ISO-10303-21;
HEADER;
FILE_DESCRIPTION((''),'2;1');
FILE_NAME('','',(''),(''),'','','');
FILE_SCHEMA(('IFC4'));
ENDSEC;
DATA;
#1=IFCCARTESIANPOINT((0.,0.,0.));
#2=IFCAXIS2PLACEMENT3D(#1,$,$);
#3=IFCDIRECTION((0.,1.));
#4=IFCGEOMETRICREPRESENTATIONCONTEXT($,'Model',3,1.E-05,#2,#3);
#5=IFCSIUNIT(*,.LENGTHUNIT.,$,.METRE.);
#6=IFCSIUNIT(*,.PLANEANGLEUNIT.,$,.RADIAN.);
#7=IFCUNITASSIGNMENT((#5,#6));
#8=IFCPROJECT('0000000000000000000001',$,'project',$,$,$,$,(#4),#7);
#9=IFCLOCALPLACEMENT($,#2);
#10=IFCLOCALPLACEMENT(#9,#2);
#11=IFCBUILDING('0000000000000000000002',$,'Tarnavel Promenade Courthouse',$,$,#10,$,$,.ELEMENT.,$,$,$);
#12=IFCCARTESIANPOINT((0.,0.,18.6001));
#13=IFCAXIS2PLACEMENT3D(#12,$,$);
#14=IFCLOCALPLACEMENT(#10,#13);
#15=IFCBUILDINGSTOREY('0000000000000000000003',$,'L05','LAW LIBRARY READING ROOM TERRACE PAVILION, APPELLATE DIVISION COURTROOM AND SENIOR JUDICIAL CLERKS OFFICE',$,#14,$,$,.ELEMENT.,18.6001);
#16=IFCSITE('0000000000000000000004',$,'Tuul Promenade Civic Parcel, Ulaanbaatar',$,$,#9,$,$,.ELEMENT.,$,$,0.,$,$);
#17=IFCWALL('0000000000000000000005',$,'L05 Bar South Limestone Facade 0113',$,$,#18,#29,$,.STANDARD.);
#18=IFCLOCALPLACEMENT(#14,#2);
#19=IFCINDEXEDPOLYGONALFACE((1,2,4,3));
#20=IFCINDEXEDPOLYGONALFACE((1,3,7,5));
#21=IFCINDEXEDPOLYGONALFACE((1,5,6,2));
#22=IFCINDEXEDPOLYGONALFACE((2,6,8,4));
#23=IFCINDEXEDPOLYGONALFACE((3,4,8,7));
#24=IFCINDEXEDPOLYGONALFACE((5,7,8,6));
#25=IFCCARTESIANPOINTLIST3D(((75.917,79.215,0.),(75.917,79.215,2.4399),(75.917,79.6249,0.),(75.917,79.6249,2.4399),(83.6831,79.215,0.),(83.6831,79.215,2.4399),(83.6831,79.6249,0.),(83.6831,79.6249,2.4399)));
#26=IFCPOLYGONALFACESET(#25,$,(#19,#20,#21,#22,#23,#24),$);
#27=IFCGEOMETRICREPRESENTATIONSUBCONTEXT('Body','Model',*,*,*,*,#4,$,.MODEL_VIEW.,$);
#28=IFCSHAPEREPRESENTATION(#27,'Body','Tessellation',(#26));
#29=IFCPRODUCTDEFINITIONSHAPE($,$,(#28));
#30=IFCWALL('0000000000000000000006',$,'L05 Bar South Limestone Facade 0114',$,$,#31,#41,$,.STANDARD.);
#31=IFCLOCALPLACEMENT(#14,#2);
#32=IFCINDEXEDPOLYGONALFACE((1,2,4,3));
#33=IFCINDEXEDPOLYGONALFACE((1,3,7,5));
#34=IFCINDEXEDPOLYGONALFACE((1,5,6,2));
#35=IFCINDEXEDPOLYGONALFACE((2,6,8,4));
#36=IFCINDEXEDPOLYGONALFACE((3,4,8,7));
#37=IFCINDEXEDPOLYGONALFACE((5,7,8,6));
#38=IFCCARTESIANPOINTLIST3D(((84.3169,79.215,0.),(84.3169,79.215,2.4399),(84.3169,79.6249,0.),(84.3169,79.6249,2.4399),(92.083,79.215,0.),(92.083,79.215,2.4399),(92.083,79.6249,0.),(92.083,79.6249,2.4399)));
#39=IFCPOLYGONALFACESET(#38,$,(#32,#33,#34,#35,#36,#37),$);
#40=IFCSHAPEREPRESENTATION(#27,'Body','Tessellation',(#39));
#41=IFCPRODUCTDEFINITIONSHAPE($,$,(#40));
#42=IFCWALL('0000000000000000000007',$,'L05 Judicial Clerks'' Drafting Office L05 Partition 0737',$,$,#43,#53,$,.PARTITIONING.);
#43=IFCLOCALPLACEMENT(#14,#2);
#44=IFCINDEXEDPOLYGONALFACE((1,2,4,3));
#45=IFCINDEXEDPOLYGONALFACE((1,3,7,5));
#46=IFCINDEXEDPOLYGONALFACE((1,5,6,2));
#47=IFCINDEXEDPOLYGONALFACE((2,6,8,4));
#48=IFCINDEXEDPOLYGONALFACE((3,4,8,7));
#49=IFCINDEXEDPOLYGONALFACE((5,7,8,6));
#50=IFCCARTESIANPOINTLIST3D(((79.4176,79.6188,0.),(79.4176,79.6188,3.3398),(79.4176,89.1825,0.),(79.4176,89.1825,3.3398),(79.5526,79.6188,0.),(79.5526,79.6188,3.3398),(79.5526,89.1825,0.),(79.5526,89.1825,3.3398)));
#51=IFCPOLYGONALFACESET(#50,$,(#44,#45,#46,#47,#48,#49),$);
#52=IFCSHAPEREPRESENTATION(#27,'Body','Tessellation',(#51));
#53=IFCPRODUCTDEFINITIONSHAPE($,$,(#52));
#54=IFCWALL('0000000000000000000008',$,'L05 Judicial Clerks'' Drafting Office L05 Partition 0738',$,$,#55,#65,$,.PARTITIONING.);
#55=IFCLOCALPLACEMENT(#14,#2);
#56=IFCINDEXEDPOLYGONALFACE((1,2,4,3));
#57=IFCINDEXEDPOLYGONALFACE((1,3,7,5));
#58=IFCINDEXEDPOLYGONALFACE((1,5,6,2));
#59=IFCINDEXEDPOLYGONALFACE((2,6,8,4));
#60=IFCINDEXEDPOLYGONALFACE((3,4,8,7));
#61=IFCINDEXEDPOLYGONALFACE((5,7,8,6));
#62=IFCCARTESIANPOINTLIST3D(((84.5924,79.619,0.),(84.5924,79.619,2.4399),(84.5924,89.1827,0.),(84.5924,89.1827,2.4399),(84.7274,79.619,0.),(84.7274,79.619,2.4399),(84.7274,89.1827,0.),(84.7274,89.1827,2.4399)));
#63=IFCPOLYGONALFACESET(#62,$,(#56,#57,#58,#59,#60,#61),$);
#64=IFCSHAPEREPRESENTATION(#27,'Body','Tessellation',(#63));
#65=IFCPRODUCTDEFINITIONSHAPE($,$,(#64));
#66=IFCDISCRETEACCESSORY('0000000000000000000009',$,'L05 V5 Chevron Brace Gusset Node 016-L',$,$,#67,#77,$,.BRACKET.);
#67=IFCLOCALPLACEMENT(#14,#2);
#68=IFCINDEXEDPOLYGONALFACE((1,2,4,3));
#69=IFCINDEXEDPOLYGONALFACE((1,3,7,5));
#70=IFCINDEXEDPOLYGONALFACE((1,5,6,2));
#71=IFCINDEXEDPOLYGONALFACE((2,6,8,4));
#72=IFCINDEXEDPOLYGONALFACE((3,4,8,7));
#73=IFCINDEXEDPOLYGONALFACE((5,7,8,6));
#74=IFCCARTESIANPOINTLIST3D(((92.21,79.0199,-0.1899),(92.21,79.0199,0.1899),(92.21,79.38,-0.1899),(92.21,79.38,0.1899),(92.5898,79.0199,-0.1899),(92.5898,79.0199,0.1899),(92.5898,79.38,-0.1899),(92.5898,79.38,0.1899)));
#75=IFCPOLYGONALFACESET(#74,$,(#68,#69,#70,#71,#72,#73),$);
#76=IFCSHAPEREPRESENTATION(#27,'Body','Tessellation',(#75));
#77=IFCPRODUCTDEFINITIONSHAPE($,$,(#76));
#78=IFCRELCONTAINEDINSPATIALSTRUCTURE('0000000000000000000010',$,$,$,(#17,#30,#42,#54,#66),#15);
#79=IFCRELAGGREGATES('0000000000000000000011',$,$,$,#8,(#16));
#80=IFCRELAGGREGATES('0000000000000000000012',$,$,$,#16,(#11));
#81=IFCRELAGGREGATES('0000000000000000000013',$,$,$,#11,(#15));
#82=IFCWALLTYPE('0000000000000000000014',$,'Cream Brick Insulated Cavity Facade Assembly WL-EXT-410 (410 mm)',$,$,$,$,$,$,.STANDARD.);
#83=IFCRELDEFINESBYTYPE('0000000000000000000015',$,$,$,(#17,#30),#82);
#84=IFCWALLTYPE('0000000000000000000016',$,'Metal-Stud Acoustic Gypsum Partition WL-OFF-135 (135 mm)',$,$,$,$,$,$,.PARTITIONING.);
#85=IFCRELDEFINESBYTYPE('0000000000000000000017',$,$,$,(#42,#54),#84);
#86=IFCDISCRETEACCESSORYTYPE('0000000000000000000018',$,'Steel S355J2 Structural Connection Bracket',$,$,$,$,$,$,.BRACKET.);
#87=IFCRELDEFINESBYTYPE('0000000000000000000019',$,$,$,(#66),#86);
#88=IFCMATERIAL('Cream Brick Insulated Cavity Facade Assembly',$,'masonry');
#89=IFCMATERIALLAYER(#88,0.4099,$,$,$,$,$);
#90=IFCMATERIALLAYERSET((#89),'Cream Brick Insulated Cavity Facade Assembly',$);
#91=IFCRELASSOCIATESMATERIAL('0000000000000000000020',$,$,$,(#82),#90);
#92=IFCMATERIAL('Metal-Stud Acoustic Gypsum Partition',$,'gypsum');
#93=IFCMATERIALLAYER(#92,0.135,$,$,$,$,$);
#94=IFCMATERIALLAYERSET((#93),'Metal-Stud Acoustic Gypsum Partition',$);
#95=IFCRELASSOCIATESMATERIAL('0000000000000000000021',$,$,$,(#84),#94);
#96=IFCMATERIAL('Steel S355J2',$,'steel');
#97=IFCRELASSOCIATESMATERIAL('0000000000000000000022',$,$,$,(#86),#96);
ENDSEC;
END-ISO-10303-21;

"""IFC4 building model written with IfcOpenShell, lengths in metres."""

from ifc_helpers import new_model, si_unit, direction, frame, frame_2d, origin, origin_2d, place, context, subcontext, project, spatial, rectangle, extrude, material, layer, layer_set, type_object, element, save


model = new_model("IFC4")

# Units and contexts
model_context = context("Model", 3, precision=1e-05, world=origin(), true_north=direction((0.0, 1.0)))
body_context = subcontext(model_context, "Body", "Model", "MODEL_VIEW")
ifc_project = project(units=[si_unit("LENGTHUNIT", "METRE"), si_unit("PLANEANGLEUNIT", "RADIAN")], contexts=[model_context])

# Site, building, storey
site_placement = place(None, origin())
site = spatial("IfcSite", under=ifc_project, at=site_placement, Name="Tuul Promenade Civic Parcel, Ulaanbaatar", CompositionType="ELEMENT", RefElevation=0.0)
building_placement = place(site_placement, origin())
building = spatial("IfcBuilding", under=site, at=building_placement, Name="Tarnavel Promenade Courthouse", CompositionType="ELEMENT")
storey_placement = place(building_placement, frame((0.0, 0.0, 18.6001)))
storey = spatial("IfcBuildingStorey", under=building, at=storey_placement, Name="L05", Description="LAW LIBRARY READING ROOM TERRACE PAVILION, APPELLATE DIVISION COURTROOM AND SENIOR JUDICIAL CLERKS OFFICE", CompositionType="ELEMENT", Elevation=18.6001)

# Shared definitions
ifc_material_1 = material(Name="Steel S355J2", Category="steel")

# Walls
ifc_material_2 = material(Name="Cream Brick Insulated Cavity Facade Assembly", Category="masonry")
ifc_layer_1 = layer(ifc_material_2, 0.4099)
ifc_layer_set_1 = layer_set([ifc_layer_1], Name="Cream Brick Insulated Cavity Facade Assembly")
wall_type_1 = type_object("IfcWallType", Name="Cream Brick Insulated Cavity Facade Assembly WL-EXT-410 (410 mm)", PredefinedType="STANDARD", material=ifc_layer_set_1)
for number, where, z_axis, x_axis, name in (
    (1, (83.6831, 79.4199, 0.0), (0.0, 0.0, 1.0), (-1.0, 0.0, 0.0), "L05 Bar South Limestone Facade 0113"),
    (2, (92.083, 79.4199, 0.0), (0.0, 0.0, 1.0), (-1.0, 0.0, 0.0), "L05 Bar South Limestone Facade 0114"),
):
    element("IfcWall", number, at=place(storey_placement, frame(where, z_axis=z_axis, x_axis=x_axis)), inside=storey, type_object=wall_type_1, Name=name, PredefinedType="STANDARD", context=body_context, shape_type="SweptSolid", body=[
        extrude(rectangle(XDim=7.7661, YDim=0.4099, at=frame_2d((3.8831, 0.0))), origin(), (0.0, 0.0, 1.0), 2.4399),
    ])
ifc_material_3 = material(Name="Metal-Stud Acoustic Gypsum Partition", Category="gypsum")
ifc_layer_2 = layer(ifc_material_3, 0.135)
ifc_layer_set_2 = layer_set([ifc_layer_2], Name="Metal-Stud Acoustic Gypsum Partition")
wall_type_2 = type_object("IfcWallType", Name="Metal-Stud Acoustic Gypsum Partition WL-OFF-135 (135 mm)", PredefinedType="PARTITIONING", material=ifc_layer_set_2)
wall_1_placement = place(storey_placement, frame((79.4851, 79.6189, 0.0), z_axis=(0.0, 0.0, 1.0), x_axis=(0.0, 1.0, 0.0)))
element("IfcWall", 3, at=wall_1_placement, inside=storey, type_object=wall_type_2, Name="L05 Judicial Clerks' Drafting Office L05 Partition 0737", PredefinedType="PARTITIONING", context=body_context, shape_type="SweptSolid", body=[
    extrude(rectangle(XDim=9.5637, YDim=0.135, at=frame_2d((4.7817, 0.0))), origin(), (0.0, 0.0, 1.0), 3.3398),
])
wall_2_placement = place(storey_placement, frame((84.6599, 89.1826, 0.0), z_axis=(0.0, 0.0, 1.0), x_axis=(0.0, -1.0, 0.0)))
element("IfcWall", 4, at=wall_2_placement, inside=storey, type_object=wall_type_2, Name="L05 Judicial Clerks' Drafting Office L05 Partition 0738", PredefinedType="PARTITIONING", context=body_context, shape_type="SweptSolid", body=[
    extrude(rectangle(XDim=9.5637, YDim=0.135, at=frame_2d((4.7817, 0.0))), origin(), (0.0, 0.0, 1.0), 2.4399),
])

# Discrete accessory
discrete_accessory_type = type_object("IfcDiscreteAccessoryType", Name="Steel S355J2 Structural Connection Bracket", PredefinedType="BRACKET", material=ifc_material_1)
discrete_accessory_placement = place(storey_placement, frame((92.3999, 79.2, -0.1899), z_axis=(0.0, 0.0, 1.0), x_axis=(1.0, 0.0, 0.0)))
element("IfcDiscreteAccessory", 5, at=discrete_accessory_placement, inside=storey, type_object=discrete_accessory_type, Name="L05 V5 Chevron Brace Gusset Node 016-L", PredefinedType="BRACKET", context=body_context, shape_type="SweptSolid", body=[
    extrude(rectangle(XDim=0.3799, YDim=0.3601, at=origin_2d()), origin(), (0.0, 0.0, 1.0), 0.3799),
])

save(model, "model.ifc")
